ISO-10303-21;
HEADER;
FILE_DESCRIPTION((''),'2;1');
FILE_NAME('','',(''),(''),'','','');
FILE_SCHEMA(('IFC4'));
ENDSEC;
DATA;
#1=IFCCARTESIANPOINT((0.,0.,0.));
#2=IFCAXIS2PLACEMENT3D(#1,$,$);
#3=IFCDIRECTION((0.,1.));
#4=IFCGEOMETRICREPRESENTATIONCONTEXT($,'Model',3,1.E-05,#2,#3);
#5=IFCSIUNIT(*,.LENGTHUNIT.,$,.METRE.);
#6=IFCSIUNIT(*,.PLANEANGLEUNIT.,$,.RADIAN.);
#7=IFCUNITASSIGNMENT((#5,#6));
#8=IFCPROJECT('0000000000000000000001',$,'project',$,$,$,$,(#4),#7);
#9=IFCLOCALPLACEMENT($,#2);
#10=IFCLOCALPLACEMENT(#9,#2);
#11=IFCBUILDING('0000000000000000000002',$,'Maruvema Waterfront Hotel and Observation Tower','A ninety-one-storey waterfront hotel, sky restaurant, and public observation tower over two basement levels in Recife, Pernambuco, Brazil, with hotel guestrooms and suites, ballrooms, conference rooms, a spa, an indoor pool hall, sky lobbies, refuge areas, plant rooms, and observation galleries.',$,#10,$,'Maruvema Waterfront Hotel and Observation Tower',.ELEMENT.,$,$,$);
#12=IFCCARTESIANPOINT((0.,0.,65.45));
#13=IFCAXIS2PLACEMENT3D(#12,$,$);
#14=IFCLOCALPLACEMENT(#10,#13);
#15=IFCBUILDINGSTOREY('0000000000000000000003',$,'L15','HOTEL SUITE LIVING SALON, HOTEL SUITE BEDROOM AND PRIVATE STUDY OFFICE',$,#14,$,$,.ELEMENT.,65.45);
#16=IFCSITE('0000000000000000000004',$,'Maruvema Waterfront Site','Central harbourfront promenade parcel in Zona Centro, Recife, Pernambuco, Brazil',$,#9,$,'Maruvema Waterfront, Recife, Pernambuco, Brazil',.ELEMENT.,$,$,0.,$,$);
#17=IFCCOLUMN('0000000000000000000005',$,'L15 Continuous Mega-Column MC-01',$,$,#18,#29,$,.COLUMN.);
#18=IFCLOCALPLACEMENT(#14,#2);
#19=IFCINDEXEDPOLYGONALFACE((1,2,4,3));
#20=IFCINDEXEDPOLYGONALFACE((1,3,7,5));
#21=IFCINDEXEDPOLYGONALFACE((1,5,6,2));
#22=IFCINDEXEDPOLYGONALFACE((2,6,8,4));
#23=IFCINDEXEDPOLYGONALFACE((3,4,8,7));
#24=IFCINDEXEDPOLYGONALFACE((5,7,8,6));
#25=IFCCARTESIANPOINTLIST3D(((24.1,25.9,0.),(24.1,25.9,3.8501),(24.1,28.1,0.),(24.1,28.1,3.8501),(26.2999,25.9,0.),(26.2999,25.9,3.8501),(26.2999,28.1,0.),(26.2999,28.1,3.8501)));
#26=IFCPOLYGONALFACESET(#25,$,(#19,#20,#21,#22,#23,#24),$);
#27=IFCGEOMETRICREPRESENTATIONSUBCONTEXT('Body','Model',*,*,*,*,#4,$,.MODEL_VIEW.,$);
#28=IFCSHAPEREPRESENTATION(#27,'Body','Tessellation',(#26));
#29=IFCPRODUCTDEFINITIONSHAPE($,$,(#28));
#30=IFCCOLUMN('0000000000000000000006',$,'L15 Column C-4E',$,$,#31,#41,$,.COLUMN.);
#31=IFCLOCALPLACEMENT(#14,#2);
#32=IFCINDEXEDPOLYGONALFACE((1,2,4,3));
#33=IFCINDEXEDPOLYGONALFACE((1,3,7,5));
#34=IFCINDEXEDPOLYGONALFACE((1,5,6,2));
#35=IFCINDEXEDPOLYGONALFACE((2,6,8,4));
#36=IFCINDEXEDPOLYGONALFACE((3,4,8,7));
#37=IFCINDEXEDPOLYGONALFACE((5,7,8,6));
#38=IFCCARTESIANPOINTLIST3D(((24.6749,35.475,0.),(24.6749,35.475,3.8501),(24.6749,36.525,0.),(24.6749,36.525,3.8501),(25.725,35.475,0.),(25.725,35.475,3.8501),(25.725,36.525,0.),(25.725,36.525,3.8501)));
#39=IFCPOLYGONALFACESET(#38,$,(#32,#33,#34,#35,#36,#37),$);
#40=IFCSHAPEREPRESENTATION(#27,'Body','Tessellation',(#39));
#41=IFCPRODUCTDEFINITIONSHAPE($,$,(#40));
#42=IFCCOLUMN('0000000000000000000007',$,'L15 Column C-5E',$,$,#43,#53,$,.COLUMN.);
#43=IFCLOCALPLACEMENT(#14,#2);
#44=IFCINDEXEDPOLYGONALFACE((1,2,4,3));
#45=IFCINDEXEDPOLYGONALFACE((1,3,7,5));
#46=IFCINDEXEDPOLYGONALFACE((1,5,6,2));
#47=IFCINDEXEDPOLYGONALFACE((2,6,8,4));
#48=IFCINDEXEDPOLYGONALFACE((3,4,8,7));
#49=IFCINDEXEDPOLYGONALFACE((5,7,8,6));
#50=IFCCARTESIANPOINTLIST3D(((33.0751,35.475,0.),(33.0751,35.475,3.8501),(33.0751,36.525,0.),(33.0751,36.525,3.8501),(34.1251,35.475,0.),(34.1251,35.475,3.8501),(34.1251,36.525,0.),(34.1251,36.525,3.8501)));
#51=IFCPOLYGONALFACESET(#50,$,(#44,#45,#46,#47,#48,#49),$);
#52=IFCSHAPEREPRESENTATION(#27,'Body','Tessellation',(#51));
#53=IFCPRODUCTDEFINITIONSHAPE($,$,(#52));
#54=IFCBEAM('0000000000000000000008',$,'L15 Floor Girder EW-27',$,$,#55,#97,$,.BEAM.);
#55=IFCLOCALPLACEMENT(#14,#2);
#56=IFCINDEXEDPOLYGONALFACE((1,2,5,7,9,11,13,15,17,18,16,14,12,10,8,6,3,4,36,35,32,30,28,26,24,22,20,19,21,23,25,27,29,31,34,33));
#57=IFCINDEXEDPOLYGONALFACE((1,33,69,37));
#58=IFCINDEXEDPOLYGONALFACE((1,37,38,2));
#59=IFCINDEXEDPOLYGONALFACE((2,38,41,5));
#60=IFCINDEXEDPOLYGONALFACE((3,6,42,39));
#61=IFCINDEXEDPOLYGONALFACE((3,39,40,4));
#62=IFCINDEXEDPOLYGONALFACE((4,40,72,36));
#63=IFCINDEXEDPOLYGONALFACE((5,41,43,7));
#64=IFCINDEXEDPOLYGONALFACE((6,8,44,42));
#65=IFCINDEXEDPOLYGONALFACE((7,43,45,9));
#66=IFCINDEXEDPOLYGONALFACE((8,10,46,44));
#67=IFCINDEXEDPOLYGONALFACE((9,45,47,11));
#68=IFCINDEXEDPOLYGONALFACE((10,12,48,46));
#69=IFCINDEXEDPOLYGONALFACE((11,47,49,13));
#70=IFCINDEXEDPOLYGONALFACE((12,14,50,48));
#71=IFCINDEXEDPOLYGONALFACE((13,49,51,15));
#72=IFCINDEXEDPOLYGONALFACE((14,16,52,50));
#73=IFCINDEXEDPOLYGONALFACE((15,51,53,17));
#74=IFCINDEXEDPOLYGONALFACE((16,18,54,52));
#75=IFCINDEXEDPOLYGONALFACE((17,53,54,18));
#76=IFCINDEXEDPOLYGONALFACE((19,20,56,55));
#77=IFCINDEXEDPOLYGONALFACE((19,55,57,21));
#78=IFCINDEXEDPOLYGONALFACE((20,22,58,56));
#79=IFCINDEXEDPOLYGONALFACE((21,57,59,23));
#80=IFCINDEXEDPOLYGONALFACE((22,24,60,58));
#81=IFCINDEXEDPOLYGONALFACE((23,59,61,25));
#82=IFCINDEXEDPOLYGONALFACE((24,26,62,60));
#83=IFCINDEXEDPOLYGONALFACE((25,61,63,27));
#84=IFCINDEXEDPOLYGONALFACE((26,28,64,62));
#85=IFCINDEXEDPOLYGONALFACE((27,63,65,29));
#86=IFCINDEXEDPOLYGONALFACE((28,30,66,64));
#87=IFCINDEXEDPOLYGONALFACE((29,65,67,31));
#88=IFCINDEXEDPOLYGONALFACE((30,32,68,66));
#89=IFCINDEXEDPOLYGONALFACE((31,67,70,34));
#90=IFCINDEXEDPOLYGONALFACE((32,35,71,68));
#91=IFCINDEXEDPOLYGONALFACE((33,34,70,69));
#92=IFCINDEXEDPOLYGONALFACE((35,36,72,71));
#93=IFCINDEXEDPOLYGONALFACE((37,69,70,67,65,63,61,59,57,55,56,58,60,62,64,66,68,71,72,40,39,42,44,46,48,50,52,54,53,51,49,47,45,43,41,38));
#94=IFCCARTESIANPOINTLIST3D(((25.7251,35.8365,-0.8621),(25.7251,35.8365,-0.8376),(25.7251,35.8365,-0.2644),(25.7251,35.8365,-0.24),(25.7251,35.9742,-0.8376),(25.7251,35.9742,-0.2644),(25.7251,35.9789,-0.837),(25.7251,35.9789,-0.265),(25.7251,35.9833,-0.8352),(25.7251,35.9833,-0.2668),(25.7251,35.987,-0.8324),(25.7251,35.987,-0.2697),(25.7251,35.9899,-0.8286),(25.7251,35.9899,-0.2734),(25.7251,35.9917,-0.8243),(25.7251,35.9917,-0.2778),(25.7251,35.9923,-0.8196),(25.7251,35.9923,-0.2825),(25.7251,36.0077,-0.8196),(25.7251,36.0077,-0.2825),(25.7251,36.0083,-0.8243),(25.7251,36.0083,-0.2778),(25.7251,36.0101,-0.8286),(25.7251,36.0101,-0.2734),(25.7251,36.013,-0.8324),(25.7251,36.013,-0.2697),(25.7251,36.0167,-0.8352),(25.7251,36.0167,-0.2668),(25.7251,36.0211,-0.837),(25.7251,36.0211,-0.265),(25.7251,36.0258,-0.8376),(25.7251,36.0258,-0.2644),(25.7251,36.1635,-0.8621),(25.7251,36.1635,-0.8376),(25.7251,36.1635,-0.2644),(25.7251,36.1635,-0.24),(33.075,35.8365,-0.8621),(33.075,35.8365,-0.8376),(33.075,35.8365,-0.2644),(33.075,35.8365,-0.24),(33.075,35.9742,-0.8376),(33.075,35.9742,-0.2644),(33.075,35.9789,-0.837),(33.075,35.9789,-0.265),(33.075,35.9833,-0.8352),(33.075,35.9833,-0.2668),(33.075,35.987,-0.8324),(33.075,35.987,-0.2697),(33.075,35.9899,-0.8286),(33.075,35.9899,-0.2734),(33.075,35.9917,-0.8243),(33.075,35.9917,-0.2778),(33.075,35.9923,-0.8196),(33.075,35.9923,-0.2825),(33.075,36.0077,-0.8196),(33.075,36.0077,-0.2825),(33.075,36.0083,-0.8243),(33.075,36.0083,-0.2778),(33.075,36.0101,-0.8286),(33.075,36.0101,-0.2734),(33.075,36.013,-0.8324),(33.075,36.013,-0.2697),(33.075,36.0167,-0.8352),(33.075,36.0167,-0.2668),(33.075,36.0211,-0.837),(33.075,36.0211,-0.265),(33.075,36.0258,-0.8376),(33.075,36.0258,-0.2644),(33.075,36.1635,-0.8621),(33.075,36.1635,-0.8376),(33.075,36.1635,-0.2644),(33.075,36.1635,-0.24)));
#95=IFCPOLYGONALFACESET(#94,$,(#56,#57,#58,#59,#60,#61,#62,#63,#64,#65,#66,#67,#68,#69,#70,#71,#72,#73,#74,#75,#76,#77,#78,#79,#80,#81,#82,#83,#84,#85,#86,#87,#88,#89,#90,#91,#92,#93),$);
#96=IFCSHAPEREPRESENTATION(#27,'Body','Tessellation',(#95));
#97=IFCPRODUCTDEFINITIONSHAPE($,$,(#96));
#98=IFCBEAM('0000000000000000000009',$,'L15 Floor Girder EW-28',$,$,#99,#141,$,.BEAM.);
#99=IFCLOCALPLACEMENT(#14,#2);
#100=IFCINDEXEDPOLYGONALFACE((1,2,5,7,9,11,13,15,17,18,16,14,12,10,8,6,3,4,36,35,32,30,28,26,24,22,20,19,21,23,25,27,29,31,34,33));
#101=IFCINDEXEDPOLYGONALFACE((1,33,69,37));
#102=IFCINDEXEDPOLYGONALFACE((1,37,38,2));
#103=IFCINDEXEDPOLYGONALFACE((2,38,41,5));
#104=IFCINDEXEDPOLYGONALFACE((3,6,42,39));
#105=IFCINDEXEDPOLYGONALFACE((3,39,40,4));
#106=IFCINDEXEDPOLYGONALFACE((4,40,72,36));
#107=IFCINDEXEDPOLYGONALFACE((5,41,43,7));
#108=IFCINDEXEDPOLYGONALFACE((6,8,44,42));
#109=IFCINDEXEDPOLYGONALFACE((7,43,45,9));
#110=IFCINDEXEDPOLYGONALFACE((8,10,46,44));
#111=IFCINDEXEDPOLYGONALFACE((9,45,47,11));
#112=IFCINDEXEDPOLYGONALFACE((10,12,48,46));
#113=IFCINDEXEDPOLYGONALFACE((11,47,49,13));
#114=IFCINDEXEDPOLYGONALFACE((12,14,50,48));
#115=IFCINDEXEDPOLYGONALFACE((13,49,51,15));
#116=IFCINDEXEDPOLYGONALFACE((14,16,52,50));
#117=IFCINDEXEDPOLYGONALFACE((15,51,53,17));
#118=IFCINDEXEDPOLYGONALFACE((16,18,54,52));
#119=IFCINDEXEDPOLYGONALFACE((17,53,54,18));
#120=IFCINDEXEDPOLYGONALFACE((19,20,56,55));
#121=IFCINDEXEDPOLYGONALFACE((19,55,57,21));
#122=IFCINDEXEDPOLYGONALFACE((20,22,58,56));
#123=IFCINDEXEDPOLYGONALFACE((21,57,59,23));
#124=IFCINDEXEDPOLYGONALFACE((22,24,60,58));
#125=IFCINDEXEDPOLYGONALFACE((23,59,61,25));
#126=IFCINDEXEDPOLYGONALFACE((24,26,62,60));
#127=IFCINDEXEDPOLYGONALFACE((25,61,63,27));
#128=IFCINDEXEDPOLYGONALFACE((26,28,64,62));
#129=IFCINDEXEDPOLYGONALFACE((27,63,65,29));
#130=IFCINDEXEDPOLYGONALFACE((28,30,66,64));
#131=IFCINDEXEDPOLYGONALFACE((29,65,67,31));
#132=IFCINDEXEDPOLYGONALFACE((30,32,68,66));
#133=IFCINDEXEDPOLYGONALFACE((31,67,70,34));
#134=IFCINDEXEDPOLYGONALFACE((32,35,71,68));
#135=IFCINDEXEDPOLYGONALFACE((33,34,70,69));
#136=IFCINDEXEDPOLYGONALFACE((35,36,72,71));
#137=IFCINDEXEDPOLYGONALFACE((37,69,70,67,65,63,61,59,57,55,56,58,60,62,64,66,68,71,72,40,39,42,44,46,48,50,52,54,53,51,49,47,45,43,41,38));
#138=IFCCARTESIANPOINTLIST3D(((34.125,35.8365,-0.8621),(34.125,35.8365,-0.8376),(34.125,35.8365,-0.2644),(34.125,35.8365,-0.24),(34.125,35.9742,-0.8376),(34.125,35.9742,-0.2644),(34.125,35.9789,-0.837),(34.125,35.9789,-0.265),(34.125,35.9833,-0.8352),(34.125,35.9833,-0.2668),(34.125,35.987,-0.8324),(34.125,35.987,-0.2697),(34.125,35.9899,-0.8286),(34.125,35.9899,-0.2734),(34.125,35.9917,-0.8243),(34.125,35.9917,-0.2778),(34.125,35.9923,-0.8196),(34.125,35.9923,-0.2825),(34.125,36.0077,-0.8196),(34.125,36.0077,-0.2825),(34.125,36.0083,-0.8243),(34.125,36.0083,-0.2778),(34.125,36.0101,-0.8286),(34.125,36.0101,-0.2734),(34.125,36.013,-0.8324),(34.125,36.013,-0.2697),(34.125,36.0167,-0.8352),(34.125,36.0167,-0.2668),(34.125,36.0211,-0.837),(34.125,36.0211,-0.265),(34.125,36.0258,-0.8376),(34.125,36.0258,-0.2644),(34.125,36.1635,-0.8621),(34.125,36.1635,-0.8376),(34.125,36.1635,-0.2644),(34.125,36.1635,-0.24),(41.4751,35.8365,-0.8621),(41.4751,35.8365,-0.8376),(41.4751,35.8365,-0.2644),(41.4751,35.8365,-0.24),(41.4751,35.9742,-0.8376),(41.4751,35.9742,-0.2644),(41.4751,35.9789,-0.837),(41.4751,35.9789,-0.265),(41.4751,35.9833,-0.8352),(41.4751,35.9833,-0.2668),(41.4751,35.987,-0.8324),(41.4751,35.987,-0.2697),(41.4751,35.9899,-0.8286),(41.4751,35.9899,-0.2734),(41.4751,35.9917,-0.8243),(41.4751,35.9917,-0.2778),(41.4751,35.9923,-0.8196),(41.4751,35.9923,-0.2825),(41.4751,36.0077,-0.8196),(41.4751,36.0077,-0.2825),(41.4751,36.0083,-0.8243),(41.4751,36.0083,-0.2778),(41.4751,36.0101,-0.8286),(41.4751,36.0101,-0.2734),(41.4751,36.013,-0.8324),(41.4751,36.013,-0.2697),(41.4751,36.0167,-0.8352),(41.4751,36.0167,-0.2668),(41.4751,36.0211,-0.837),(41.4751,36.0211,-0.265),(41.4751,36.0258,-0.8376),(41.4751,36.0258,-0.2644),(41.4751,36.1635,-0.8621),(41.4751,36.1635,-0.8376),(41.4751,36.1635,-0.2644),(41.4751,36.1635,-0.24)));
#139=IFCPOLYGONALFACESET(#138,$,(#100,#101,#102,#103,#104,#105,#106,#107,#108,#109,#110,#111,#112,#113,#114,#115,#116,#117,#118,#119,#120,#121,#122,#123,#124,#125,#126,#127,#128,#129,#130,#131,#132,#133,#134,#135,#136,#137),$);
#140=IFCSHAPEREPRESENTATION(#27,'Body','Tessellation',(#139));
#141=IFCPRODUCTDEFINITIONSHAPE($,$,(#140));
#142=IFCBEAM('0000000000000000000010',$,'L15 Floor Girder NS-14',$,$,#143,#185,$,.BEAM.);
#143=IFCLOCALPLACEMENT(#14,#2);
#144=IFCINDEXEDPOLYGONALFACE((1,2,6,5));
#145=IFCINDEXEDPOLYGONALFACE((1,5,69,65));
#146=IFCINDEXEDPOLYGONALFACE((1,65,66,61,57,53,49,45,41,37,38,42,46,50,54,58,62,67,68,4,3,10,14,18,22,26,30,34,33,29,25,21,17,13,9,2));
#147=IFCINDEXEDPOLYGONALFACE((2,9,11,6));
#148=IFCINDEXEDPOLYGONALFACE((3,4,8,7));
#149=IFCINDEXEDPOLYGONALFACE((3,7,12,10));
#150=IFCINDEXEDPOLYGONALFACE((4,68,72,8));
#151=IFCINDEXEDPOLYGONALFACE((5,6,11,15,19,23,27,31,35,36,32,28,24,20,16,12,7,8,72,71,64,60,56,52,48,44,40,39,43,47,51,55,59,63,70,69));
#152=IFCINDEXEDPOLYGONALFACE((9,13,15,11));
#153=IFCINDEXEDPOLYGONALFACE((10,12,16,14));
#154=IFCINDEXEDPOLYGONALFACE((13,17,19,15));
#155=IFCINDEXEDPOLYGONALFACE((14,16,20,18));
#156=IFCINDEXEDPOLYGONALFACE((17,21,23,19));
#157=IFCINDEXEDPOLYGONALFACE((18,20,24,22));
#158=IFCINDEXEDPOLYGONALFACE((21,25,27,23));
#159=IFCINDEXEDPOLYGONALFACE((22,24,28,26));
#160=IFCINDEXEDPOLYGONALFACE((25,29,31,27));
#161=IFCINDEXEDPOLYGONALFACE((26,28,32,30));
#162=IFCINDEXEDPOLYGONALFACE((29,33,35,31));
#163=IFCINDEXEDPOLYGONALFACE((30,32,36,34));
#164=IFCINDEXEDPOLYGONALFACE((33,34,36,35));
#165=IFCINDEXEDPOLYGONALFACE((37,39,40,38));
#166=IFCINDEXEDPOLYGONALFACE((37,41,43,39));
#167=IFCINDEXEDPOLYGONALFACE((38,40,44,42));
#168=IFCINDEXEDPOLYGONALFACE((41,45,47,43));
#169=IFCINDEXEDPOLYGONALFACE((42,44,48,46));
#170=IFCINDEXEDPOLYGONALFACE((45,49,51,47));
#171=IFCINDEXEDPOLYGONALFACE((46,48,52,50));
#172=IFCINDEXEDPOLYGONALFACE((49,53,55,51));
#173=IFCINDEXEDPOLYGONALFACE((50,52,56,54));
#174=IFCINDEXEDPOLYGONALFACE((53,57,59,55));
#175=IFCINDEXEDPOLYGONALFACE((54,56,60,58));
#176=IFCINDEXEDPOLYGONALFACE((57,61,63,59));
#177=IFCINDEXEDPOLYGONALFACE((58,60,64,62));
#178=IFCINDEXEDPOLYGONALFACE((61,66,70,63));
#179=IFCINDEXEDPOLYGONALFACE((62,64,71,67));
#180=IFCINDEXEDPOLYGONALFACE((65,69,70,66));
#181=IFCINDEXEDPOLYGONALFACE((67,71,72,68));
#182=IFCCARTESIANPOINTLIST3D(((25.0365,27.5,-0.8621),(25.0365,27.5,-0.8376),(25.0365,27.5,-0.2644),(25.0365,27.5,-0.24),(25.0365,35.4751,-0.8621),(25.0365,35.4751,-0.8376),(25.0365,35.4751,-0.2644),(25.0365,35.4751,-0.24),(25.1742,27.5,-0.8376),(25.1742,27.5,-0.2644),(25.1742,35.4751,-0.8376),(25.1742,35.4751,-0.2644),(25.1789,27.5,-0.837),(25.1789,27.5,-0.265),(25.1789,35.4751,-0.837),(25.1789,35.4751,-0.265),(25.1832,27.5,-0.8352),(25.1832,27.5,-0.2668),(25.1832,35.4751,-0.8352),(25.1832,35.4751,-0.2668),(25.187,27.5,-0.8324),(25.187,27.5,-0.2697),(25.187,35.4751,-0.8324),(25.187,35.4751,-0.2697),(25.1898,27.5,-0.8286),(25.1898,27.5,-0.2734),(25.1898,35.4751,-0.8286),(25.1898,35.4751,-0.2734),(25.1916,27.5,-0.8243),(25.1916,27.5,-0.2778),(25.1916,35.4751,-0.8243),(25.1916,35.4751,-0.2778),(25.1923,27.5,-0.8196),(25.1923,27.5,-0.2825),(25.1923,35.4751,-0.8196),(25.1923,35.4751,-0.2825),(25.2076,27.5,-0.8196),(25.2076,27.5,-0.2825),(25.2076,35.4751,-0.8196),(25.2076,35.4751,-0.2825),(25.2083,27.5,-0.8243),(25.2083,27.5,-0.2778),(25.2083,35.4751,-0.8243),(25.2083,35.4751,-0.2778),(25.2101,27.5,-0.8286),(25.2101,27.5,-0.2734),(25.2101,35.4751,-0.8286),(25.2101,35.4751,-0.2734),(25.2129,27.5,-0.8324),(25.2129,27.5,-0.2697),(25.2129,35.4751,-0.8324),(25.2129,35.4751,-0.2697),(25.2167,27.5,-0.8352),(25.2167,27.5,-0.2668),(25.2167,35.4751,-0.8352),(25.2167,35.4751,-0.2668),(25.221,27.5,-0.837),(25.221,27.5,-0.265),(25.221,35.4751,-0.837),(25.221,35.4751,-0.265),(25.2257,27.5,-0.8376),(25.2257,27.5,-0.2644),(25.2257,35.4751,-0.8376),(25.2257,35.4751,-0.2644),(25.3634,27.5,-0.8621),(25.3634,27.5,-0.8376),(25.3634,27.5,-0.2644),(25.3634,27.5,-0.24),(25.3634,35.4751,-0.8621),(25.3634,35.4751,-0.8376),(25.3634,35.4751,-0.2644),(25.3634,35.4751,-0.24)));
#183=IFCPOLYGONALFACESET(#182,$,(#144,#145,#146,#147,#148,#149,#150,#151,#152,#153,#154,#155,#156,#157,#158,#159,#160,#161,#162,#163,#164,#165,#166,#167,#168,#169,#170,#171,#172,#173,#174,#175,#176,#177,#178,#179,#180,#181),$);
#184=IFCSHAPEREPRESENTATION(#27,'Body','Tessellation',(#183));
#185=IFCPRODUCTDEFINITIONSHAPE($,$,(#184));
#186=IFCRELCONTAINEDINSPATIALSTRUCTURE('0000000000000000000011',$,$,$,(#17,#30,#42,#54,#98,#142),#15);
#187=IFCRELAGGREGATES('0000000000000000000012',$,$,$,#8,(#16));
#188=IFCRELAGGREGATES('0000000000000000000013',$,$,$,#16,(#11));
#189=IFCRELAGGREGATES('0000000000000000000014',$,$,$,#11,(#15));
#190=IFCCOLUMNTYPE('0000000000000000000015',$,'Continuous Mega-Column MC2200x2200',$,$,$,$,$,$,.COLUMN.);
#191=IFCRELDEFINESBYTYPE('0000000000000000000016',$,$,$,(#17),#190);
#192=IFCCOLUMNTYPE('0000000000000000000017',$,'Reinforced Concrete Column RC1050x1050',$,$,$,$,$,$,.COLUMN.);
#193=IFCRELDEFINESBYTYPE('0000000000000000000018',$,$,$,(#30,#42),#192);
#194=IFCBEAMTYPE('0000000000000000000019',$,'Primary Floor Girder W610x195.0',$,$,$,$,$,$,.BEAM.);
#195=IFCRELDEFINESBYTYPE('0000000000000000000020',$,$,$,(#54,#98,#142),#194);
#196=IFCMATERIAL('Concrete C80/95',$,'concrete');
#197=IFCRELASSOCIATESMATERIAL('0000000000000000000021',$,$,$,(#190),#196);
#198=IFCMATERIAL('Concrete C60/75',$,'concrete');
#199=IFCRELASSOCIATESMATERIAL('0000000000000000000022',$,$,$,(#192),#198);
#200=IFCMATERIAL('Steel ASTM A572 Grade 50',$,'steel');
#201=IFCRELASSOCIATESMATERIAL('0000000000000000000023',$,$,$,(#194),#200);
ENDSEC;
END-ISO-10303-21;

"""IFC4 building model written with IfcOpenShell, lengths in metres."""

from ifc_helpers import new_model, si_unit, direction, frame, origin, origin_2d, place, context, subcontext, project, spatial, rectangle, i_section, extrude, material, material_profile, profile_set, type_object, element, save


model = new_model("IFC4")

# Units and contexts
model_context = context("Model", 3, precision=1e-05, world=origin(), true_north=direction((0.0, 1.0)))
body_context = subcontext(model_context, "Body", "Model", "MODEL_VIEW")
ifc_project = project(units=[si_unit("LENGTHUNIT", "METRE"), si_unit("PLANEANGLEUNIT", "RADIAN")], contexts=[model_context])

# Site, building, storey
site_placement = place(None, origin())
site = spatial("IfcSite", under=ifc_project, at=site_placement, Name="Maruvema Waterfront Site", Description="Central harbourfront promenade parcel in Zona Centro, Recife, Pernambuco, Brazil", LongName="Maruvema Waterfront, Recife, Pernambuco, Brazil", CompositionType="ELEMENT", RefElevation=0.0)
building_placement = place(site_placement, origin())
building = spatial("IfcBuilding", under=site, at=building_placement, Name="Maruvema Waterfront Hotel and Observation Tower", Description="A ninety-one-storey waterfront hotel, sky restaurant, and public observation tower over two basement levels in Recife, Pernambuco, Brazil, with hotel guestrooms and suites, ballrooms, conference rooms, a spa, an indoor pool hall, sky lobbies, refuge areas, plant rooms, and observation galleries.", LongName="Maruvema Waterfront Hotel and Observation Tower", CompositionType="ELEMENT")
storey_placement = place(building_placement, frame((0.0, 0.0, 65.45)))
storey = spatial("IfcBuildingStorey", under=building, at=storey_placement, Name="L15", Description="HOTEL SUITE LIVING SALON, HOTEL SUITE BEDROOM AND PRIVATE STUDY OFFICE", CompositionType="ELEMENT", Elevation=65.45)

# Columns
ifc_material_1 = material(Name="Concrete C80/95", Category="concrete")
ifc_material_profile_1 = material_profile(ifc_material_1, rectangle(XDim=2.2, YDim=2.2, at=origin_2d()), Name="MC2200x2200")
ifc_profile_set_1 = profile_set([ifc_material_profile_1], Name="Concrete C80/95")
column_type_1 = type_object("IfcColumnType", Name="Continuous Mega-Column MC2200x2200", PredefinedType="COLUMN", material=ifc_profile_set_1)
column_placement = place(storey_placement, frame((25.2, 27.0, 0.0), z_axis=(0.0, 0.0, 1.0), x_axis=(1.0, 0.0, 0.0)))
element("IfcColumn", 1, at=column_placement, inside=storey, type_object=column_type_1, Name="L15 Continuous Mega-Column MC-01", PredefinedType="COLUMN", context=body_context, shape_type="SweptSolid", body=[
    extrude(rectangle(XDim=2.2, YDim=2.2, at=origin_2d()), origin(), (0.0, 0.0, 1.0), 3.8501),
])
ifc_material_2 = material(Name="Concrete C60/75", Category="concrete")
ifc_material_profile_2 = material_profile(ifc_material_2, rectangle(XDim=1.05, YDim=1.05, at=origin_2d()), Name="RC1050x1050")
ifc_profile_set_2 = profile_set([ifc_material_profile_2], Name="Concrete C60/75")
column_type_2 = type_object("IfcColumnType", Name="Reinforced Concrete Column RC1050x1050", PredefinedType="COLUMN", material=ifc_profile_set_2)
for number, where, z_axis, x_axis, name in (
    (2, (25.2, 36.0, 0.0), (0.0, 0.0, 1.0), (1.0, 0.0, 0.0), "L15 Column C-4E"),
    (3, (33.6001, 36.0, 0.0), (0.0, 0.0, 1.0), (1.0, 0.0, 0.0), "L15 Column C-5E"),
):
    element("IfcColumn", number, at=place(storey_placement, frame(where, z_axis=z_axis, x_axis=x_axis)), inside=storey, type_object=column_type_2, Name=name, PredefinedType="COLUMN", context=body_context, shape_type="SweptSolid", body=[
        extrude(rectangle(XDim=1.05, YDim=1.05, at=origin_2d()), origin(), (0.0, 0.0, 1.0), 3.8501),
    ])

# Beams
ifc_material_3 = material(Name="Steel ASTM A572 Grade 50", Category="steel")
ifc_material_profile_3 = material_profile(ifc_material_3, i_section(OverallWidth=0.3269, OverallDepth=0.6221, WebThickness=0.0154, FlangeThickness=0.0244, FilletRadius=0.0181, at=origin_2d()), Name="W610x195.0")
ifc_profile_set_3 = profile_set([ifc_material_profile_3], Name="Steel ASTM A572 Grade 50")
beam_type_1 = type_object("IfcBeamType", Name="Primary Floor Girder W610x195.0", PredefinedType="BEAM", material=ifc_profile_set_3)
beam_1_placement = place(storey_placement, frame((25.7251, 36.0, -0.551), z_axis=(1.0, 0.0, 0.0), x_axis=(0.0, 1.0, 0.0)))
element("IfcBeam", 4, at=beam_1_placement, inside=storey, type_object=beam_type_1, Name="L15 Floor Girder EW-27", PredefinedType="BEAM", context=body_context, shape_type="SweptSolid", body=[
    extrude(i_section(OverallWidth=0.3269, OverallDepth=0.6221, WebThickness=0.0154, FlangeThickness=0.0244, FilletRadius=0.0181, at=origin_2d()), origin(), (0.0, 0.0, 1.0), 7.3499),
])
beam_2_placement = place(storey_placement, frame((34.125, 36.0, -0.551), z_axis=(1.0, 0.0, 0.0), x_axis=(0.0, 1.0, 0.0)))
element("IfcBeam", 5, at=beam_2_placement, inside=storey, type_object=beam_type_1, Name="L15 Floor Girder EW-28", PredefinedType="BEAM", context=body_context, shape_type="SweptSolid", body=[
    extrude(i_section(OverallWidth=0.3269, OverallDepth=0.6221, WebThickness=0.0154, FlangeThickness=0.0244, FilletRadius=0.0181, at=origin_2d()), origin(), (0.0, 0.0, 1.0), 7.3501),
])
for number, where, z_axis, x_axis, name in (
    (6, (25.2, 27.5, -0.551), (0.0, 1.0, 0.0), (-1.0, 0.0, 0.0), "L15 Floor Girder NS-14"),
):
    element("IfcBeam", number, at=place(storey_placement, frame(where, z_axis=z_axis, x_axis=x_axis)), inside=storey, type_object=beam_type_1, Name=name, PredefinedType="BEAM", context=body_context, shape_type="SweptSolid", body=[
        extrude(i_section(OverallWidth=0.3269, OverallDepth=0.6221, WebThickness=0.0154, FlangeThickness=0.0244, FilletRadius=0.0181, at=origin_2d()), origin(), (0.0, 0.0, 1.0), 7.9751),
    ])

save(model, "model.ifc")
